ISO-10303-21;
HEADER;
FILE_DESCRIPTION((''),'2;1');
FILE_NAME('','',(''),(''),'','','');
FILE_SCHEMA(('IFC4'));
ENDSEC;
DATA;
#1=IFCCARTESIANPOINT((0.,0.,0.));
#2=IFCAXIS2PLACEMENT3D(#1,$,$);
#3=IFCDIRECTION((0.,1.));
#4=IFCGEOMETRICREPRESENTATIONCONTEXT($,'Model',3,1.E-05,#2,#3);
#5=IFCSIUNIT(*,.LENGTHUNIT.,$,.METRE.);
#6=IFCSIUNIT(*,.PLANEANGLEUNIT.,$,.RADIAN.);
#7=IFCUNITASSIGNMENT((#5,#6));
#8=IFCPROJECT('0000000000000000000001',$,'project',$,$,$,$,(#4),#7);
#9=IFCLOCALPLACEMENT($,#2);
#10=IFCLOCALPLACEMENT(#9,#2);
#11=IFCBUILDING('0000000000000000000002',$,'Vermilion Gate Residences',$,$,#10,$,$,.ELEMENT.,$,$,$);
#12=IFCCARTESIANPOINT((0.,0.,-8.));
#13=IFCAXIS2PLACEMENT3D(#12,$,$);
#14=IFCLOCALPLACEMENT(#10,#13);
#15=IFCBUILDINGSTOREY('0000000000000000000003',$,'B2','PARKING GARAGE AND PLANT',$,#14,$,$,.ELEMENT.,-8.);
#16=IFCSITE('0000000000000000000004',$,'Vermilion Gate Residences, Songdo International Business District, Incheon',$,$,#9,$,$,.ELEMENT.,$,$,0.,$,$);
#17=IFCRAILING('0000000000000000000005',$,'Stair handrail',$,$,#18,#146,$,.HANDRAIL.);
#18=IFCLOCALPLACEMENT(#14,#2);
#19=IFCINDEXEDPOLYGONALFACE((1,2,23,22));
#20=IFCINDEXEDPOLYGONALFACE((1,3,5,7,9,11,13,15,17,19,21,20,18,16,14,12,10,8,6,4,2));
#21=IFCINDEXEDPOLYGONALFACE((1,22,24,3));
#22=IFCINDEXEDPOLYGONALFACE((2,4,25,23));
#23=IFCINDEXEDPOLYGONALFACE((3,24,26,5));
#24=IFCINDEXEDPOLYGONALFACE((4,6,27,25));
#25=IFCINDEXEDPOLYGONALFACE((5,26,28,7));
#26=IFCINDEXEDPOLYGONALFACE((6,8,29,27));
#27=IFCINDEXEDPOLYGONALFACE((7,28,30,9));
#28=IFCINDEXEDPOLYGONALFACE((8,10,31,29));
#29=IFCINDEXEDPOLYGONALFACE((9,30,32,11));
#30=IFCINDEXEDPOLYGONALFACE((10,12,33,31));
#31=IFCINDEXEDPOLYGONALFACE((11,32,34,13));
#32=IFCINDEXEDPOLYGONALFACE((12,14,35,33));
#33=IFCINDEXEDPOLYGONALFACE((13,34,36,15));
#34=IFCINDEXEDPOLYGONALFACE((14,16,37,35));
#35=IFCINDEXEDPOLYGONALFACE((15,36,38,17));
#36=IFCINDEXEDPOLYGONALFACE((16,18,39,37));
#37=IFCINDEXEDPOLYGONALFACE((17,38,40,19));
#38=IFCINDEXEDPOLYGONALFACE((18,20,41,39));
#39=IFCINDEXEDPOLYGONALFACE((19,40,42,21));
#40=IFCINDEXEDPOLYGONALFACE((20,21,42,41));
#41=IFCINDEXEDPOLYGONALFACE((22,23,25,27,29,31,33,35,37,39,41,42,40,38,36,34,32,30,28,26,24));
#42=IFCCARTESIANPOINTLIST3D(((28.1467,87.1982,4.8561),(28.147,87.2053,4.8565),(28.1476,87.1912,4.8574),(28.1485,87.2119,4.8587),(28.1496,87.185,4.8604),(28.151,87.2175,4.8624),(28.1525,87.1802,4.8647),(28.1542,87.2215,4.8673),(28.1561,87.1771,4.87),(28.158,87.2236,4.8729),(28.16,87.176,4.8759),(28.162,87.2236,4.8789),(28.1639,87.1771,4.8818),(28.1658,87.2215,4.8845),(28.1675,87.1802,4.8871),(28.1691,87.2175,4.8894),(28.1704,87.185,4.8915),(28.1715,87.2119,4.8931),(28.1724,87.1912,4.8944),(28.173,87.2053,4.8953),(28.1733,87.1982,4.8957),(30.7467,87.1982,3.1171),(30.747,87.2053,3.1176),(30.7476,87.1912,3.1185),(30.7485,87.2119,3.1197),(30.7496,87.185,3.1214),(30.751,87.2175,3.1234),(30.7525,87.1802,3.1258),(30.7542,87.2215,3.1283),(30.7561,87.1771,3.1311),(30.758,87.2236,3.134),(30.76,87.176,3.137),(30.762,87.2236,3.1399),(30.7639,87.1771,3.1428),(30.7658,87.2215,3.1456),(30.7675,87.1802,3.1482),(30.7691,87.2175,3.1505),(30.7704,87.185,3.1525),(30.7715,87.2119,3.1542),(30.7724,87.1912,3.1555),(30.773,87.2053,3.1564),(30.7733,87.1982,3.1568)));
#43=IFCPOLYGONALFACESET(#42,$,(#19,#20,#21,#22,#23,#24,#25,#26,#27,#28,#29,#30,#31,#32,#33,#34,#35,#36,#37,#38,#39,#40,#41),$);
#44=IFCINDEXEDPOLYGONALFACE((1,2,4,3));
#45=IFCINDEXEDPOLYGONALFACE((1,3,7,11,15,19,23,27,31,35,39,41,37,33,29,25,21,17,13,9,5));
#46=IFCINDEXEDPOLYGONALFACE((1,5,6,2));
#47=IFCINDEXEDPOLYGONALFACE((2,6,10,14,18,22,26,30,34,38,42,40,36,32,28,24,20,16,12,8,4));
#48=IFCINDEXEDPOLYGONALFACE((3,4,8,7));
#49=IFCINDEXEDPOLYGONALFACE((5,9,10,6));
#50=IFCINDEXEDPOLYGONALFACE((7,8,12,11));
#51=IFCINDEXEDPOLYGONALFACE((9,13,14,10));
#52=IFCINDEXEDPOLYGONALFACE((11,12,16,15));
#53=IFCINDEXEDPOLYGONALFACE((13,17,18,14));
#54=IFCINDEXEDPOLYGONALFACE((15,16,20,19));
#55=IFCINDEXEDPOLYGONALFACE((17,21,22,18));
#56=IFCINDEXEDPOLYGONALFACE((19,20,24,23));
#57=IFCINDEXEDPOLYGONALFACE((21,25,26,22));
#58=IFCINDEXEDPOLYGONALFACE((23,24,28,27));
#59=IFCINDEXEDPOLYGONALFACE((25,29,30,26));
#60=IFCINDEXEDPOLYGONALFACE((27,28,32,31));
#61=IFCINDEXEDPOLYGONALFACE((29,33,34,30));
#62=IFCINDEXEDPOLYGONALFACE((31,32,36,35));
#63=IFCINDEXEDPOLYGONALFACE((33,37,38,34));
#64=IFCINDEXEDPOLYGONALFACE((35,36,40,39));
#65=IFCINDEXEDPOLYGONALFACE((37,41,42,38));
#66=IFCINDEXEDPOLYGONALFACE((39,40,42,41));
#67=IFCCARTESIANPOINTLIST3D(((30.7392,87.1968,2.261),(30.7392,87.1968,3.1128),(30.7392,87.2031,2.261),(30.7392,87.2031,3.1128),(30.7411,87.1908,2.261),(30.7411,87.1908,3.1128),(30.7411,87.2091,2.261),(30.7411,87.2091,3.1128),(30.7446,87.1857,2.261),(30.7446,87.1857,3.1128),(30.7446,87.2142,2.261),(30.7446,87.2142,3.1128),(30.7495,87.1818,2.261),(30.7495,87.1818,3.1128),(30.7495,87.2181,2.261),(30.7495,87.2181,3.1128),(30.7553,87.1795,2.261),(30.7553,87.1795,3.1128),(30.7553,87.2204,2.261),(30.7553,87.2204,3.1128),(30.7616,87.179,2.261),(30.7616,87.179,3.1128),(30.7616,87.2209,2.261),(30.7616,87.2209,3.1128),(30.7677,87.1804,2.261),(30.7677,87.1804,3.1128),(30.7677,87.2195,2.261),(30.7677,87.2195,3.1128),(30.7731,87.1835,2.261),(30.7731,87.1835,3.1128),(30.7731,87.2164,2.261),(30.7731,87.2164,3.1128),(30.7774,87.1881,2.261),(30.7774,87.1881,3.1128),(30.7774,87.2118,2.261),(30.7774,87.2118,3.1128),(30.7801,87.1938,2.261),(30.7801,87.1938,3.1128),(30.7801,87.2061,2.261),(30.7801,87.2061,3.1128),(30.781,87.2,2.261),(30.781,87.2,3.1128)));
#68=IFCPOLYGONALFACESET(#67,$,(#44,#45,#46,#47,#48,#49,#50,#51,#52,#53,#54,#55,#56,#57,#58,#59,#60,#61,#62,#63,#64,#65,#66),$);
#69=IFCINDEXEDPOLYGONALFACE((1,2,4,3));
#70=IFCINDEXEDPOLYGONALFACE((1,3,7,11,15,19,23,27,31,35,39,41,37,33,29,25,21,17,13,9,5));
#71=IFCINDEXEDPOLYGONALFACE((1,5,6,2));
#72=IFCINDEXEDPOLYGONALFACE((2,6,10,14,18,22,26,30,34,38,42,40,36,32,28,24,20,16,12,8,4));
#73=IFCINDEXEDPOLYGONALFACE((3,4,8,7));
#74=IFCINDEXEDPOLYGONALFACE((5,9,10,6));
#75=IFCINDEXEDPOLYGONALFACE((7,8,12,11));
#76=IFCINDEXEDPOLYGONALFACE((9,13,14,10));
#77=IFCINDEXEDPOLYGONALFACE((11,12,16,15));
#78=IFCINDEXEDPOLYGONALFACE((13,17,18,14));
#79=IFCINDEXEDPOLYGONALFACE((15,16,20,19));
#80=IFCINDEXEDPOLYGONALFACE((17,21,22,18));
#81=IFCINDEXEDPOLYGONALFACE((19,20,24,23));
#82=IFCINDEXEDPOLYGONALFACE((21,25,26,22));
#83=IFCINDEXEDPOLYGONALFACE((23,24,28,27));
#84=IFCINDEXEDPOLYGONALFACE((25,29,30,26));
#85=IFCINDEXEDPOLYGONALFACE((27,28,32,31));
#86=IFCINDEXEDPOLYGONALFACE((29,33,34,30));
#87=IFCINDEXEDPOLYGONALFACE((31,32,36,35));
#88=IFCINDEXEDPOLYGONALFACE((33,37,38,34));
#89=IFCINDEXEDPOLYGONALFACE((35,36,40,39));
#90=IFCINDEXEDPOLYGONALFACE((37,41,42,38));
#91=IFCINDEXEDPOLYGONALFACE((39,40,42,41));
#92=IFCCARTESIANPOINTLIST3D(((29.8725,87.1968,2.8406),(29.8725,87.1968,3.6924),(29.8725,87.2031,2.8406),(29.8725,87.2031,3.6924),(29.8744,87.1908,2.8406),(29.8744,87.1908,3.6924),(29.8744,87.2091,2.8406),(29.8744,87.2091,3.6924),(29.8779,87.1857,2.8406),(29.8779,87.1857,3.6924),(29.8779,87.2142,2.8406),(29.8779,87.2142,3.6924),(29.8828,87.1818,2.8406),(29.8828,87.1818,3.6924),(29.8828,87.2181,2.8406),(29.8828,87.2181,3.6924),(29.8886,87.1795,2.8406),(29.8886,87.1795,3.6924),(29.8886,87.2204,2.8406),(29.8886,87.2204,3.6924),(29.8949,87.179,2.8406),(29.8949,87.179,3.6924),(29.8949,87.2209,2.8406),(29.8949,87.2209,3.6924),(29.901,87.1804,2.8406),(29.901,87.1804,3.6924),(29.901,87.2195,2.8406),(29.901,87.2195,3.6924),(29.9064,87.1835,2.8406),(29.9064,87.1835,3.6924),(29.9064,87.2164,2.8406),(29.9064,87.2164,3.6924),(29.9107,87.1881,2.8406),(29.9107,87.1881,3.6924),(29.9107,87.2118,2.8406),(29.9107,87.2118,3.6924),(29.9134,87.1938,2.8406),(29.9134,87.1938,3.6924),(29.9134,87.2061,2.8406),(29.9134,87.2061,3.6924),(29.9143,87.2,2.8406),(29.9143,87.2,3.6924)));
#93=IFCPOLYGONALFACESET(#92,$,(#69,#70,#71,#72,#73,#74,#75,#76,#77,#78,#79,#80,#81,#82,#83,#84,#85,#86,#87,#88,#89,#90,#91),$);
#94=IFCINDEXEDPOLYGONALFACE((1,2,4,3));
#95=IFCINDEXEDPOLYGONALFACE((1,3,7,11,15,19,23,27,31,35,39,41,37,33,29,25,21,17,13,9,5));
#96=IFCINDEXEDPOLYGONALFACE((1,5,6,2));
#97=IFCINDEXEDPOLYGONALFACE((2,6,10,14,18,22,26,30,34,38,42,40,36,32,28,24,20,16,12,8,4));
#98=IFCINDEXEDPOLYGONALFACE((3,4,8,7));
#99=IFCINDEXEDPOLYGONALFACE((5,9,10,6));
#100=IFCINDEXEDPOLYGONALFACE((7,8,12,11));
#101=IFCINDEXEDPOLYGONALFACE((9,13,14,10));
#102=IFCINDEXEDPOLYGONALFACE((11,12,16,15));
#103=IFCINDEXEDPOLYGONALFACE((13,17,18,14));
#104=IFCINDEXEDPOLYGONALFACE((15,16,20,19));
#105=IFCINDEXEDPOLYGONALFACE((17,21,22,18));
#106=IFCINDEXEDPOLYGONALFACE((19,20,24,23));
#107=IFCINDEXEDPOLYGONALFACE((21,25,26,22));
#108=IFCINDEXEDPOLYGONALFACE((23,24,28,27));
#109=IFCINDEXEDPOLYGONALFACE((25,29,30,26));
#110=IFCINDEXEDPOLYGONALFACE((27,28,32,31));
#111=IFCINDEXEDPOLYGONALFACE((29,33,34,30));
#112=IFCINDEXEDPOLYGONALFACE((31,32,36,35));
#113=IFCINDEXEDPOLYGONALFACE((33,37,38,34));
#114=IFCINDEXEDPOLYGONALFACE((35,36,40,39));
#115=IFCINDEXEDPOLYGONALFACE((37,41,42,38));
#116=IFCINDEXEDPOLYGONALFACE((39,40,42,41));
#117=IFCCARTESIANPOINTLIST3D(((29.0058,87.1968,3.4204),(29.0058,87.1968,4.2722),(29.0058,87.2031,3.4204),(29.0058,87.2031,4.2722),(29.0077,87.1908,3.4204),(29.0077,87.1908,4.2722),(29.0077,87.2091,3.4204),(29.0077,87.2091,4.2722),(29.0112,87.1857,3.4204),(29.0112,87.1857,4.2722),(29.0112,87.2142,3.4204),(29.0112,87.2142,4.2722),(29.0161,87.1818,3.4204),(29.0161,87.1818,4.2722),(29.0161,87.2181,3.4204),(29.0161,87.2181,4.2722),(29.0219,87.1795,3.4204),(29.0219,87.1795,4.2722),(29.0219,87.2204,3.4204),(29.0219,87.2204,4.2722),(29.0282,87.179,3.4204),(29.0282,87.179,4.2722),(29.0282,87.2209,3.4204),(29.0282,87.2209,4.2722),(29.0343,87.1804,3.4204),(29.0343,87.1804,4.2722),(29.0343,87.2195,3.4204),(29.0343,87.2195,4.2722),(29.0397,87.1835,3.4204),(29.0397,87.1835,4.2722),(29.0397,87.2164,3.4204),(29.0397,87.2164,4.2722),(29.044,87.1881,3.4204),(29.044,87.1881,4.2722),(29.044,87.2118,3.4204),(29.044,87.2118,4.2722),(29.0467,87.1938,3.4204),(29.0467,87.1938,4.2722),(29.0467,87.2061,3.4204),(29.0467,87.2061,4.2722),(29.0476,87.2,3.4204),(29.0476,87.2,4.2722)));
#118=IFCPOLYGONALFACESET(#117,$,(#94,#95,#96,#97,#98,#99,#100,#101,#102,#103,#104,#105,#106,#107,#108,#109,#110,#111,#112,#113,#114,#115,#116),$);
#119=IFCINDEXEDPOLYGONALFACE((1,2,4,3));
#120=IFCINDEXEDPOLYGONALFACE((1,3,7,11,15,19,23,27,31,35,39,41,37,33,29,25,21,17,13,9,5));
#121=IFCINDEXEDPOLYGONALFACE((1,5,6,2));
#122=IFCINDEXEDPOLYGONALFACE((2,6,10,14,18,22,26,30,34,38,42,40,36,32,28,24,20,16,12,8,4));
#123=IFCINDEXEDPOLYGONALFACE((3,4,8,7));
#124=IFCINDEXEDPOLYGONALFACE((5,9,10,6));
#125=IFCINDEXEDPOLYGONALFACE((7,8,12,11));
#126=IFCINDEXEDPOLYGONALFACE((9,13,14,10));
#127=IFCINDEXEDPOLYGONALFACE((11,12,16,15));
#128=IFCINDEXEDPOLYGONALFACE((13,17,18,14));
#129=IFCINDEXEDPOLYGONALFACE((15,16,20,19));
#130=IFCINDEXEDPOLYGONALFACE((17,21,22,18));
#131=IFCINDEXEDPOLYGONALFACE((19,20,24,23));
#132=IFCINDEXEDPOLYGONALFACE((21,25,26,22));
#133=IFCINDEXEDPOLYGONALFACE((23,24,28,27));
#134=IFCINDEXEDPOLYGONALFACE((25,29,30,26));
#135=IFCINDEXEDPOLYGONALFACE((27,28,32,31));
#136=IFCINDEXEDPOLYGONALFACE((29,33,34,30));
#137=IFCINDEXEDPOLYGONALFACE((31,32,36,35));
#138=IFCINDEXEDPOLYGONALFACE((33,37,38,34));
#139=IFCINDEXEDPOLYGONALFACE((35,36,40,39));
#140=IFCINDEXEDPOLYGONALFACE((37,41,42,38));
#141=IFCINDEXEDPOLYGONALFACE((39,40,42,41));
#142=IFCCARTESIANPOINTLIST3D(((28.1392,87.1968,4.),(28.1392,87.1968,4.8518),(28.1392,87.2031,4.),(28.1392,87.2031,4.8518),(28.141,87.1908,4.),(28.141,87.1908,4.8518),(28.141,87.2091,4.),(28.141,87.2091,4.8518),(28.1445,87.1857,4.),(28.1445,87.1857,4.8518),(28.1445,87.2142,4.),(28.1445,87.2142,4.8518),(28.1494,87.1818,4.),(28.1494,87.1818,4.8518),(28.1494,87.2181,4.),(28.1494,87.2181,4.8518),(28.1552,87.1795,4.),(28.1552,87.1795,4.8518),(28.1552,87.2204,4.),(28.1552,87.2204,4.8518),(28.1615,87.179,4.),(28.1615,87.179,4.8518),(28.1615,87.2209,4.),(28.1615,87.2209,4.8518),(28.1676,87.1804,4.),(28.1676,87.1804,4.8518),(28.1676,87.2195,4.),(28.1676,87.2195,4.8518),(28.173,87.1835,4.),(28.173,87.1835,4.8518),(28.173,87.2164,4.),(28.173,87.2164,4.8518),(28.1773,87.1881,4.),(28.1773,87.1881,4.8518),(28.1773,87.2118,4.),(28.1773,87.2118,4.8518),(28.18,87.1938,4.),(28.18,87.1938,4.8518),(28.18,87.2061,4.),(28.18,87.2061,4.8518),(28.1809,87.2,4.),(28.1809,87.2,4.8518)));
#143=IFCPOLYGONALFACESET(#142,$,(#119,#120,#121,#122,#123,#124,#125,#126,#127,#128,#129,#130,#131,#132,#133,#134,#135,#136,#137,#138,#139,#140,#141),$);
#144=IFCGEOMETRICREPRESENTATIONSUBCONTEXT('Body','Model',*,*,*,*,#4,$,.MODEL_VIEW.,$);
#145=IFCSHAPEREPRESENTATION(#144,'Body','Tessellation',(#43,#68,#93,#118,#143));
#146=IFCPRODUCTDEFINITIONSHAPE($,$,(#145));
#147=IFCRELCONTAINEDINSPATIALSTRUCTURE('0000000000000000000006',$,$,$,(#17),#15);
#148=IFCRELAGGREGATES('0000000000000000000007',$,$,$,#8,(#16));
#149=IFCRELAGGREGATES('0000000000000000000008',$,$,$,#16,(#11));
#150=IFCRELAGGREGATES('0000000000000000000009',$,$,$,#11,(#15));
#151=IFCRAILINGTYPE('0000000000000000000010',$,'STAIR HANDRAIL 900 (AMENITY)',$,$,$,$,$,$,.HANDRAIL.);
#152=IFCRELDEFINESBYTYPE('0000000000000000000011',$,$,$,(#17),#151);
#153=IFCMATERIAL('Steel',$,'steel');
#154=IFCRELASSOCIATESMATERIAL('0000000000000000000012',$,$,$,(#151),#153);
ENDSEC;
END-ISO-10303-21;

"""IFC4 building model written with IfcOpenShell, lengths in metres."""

from ifc_helpers import new_model, si_unit, direction, frame, origin, origin_2d, place, context, subcontext, project, spatial, circle, extrude, material, type_object, element, save


model = new_model("IFC4")

# Units and contexts
model_context = context("Model", 3, precision=1e-05, world=origin(), true_north=direction((0.0, 1.0)))
body_context = subcontext(model_context, "Body", "Model", "MODEL_VIEW")
ifc_project = project(units=[si_unit("LENGTHUNIT", "METRE"), si_unit("PLANEANGLEUNIT", "RADIAN")], contexts=[model_context])

# Site, building, storey
site_placement = place(None, origin())
site = spatial("IfcSite", under=ifc_project, at=site_placement, Name="Vermilion Gate Residences, Songdo International Business District, Incheon", CompositionType="ELEMENT", RefElevation=0.0)
building_placement = place(site_placement, origin())
building = spatial("IfcBuilding", under=site, at=building_placement, Name="Vermilion Gate Residences", CompositionType="ELEMENT")
storey_placement = place(building_placement, frame((0.0, 0.0, -8.0)))
storey = spatial("IfcBuildingStorey", under=building, at=storey_placement, Name="B2", Description="PARKING GARAGE AND PLANT", CompositionType="ELEMENT", Elevation=-8.0)

# Railing
ifc_material_1 = material(Name="Steel", Category="steel")
railing_type = type_object("IfcRailingType", Name="STAIR HANDRAIL 900 (AMENITY)", PredefinedType="HANDRAIL", material=ifc_material_1)
railing_1_placement = place(storey_placement, frame((30.76, 87.2, 2.261)))
element("IfcRailing", 1, at=railing_1_placement, inside=storey, type_object=railing_type, Name="Stair handrail", PredefinedType="HANDRAIL", context=body_context, shape_type="SweptSolid", body=[
    extrude(circle(Radius=0.0239, at=origin_2d()), frame((0.0, 0.0, 0.876), z_axis=(-0.831221, 0.0, 0.555942), x_axis=(0.0, -1.0, 0.0)), (0.0, 0.0, 1.0), 3.1279),
    extrude(circle(Radius=0.021, at=origin_2d()), origin(), (0.0, 0.0, 1.0), 0.8518),
    extrude(circle(Radius=0.021, at=origin_2d()), frame((-0.8667, 0.0, 0.5796)), (0.0, 0.0, 1.0), 0.8518),
    extrude(circle(Radius=0.021, at=origin_2d()), frame((-1.7334, 0.0, 1.1594)), (0.0, 0.0, 1.0), 0.8518),
    extrude(circle(Radius=0.021, at=origin_2d()), frame((-2.6001, 0.0, 1.739)), (0.0, 0.0, 1.0), 0.8518),
])

save(model, "model.ifc")
